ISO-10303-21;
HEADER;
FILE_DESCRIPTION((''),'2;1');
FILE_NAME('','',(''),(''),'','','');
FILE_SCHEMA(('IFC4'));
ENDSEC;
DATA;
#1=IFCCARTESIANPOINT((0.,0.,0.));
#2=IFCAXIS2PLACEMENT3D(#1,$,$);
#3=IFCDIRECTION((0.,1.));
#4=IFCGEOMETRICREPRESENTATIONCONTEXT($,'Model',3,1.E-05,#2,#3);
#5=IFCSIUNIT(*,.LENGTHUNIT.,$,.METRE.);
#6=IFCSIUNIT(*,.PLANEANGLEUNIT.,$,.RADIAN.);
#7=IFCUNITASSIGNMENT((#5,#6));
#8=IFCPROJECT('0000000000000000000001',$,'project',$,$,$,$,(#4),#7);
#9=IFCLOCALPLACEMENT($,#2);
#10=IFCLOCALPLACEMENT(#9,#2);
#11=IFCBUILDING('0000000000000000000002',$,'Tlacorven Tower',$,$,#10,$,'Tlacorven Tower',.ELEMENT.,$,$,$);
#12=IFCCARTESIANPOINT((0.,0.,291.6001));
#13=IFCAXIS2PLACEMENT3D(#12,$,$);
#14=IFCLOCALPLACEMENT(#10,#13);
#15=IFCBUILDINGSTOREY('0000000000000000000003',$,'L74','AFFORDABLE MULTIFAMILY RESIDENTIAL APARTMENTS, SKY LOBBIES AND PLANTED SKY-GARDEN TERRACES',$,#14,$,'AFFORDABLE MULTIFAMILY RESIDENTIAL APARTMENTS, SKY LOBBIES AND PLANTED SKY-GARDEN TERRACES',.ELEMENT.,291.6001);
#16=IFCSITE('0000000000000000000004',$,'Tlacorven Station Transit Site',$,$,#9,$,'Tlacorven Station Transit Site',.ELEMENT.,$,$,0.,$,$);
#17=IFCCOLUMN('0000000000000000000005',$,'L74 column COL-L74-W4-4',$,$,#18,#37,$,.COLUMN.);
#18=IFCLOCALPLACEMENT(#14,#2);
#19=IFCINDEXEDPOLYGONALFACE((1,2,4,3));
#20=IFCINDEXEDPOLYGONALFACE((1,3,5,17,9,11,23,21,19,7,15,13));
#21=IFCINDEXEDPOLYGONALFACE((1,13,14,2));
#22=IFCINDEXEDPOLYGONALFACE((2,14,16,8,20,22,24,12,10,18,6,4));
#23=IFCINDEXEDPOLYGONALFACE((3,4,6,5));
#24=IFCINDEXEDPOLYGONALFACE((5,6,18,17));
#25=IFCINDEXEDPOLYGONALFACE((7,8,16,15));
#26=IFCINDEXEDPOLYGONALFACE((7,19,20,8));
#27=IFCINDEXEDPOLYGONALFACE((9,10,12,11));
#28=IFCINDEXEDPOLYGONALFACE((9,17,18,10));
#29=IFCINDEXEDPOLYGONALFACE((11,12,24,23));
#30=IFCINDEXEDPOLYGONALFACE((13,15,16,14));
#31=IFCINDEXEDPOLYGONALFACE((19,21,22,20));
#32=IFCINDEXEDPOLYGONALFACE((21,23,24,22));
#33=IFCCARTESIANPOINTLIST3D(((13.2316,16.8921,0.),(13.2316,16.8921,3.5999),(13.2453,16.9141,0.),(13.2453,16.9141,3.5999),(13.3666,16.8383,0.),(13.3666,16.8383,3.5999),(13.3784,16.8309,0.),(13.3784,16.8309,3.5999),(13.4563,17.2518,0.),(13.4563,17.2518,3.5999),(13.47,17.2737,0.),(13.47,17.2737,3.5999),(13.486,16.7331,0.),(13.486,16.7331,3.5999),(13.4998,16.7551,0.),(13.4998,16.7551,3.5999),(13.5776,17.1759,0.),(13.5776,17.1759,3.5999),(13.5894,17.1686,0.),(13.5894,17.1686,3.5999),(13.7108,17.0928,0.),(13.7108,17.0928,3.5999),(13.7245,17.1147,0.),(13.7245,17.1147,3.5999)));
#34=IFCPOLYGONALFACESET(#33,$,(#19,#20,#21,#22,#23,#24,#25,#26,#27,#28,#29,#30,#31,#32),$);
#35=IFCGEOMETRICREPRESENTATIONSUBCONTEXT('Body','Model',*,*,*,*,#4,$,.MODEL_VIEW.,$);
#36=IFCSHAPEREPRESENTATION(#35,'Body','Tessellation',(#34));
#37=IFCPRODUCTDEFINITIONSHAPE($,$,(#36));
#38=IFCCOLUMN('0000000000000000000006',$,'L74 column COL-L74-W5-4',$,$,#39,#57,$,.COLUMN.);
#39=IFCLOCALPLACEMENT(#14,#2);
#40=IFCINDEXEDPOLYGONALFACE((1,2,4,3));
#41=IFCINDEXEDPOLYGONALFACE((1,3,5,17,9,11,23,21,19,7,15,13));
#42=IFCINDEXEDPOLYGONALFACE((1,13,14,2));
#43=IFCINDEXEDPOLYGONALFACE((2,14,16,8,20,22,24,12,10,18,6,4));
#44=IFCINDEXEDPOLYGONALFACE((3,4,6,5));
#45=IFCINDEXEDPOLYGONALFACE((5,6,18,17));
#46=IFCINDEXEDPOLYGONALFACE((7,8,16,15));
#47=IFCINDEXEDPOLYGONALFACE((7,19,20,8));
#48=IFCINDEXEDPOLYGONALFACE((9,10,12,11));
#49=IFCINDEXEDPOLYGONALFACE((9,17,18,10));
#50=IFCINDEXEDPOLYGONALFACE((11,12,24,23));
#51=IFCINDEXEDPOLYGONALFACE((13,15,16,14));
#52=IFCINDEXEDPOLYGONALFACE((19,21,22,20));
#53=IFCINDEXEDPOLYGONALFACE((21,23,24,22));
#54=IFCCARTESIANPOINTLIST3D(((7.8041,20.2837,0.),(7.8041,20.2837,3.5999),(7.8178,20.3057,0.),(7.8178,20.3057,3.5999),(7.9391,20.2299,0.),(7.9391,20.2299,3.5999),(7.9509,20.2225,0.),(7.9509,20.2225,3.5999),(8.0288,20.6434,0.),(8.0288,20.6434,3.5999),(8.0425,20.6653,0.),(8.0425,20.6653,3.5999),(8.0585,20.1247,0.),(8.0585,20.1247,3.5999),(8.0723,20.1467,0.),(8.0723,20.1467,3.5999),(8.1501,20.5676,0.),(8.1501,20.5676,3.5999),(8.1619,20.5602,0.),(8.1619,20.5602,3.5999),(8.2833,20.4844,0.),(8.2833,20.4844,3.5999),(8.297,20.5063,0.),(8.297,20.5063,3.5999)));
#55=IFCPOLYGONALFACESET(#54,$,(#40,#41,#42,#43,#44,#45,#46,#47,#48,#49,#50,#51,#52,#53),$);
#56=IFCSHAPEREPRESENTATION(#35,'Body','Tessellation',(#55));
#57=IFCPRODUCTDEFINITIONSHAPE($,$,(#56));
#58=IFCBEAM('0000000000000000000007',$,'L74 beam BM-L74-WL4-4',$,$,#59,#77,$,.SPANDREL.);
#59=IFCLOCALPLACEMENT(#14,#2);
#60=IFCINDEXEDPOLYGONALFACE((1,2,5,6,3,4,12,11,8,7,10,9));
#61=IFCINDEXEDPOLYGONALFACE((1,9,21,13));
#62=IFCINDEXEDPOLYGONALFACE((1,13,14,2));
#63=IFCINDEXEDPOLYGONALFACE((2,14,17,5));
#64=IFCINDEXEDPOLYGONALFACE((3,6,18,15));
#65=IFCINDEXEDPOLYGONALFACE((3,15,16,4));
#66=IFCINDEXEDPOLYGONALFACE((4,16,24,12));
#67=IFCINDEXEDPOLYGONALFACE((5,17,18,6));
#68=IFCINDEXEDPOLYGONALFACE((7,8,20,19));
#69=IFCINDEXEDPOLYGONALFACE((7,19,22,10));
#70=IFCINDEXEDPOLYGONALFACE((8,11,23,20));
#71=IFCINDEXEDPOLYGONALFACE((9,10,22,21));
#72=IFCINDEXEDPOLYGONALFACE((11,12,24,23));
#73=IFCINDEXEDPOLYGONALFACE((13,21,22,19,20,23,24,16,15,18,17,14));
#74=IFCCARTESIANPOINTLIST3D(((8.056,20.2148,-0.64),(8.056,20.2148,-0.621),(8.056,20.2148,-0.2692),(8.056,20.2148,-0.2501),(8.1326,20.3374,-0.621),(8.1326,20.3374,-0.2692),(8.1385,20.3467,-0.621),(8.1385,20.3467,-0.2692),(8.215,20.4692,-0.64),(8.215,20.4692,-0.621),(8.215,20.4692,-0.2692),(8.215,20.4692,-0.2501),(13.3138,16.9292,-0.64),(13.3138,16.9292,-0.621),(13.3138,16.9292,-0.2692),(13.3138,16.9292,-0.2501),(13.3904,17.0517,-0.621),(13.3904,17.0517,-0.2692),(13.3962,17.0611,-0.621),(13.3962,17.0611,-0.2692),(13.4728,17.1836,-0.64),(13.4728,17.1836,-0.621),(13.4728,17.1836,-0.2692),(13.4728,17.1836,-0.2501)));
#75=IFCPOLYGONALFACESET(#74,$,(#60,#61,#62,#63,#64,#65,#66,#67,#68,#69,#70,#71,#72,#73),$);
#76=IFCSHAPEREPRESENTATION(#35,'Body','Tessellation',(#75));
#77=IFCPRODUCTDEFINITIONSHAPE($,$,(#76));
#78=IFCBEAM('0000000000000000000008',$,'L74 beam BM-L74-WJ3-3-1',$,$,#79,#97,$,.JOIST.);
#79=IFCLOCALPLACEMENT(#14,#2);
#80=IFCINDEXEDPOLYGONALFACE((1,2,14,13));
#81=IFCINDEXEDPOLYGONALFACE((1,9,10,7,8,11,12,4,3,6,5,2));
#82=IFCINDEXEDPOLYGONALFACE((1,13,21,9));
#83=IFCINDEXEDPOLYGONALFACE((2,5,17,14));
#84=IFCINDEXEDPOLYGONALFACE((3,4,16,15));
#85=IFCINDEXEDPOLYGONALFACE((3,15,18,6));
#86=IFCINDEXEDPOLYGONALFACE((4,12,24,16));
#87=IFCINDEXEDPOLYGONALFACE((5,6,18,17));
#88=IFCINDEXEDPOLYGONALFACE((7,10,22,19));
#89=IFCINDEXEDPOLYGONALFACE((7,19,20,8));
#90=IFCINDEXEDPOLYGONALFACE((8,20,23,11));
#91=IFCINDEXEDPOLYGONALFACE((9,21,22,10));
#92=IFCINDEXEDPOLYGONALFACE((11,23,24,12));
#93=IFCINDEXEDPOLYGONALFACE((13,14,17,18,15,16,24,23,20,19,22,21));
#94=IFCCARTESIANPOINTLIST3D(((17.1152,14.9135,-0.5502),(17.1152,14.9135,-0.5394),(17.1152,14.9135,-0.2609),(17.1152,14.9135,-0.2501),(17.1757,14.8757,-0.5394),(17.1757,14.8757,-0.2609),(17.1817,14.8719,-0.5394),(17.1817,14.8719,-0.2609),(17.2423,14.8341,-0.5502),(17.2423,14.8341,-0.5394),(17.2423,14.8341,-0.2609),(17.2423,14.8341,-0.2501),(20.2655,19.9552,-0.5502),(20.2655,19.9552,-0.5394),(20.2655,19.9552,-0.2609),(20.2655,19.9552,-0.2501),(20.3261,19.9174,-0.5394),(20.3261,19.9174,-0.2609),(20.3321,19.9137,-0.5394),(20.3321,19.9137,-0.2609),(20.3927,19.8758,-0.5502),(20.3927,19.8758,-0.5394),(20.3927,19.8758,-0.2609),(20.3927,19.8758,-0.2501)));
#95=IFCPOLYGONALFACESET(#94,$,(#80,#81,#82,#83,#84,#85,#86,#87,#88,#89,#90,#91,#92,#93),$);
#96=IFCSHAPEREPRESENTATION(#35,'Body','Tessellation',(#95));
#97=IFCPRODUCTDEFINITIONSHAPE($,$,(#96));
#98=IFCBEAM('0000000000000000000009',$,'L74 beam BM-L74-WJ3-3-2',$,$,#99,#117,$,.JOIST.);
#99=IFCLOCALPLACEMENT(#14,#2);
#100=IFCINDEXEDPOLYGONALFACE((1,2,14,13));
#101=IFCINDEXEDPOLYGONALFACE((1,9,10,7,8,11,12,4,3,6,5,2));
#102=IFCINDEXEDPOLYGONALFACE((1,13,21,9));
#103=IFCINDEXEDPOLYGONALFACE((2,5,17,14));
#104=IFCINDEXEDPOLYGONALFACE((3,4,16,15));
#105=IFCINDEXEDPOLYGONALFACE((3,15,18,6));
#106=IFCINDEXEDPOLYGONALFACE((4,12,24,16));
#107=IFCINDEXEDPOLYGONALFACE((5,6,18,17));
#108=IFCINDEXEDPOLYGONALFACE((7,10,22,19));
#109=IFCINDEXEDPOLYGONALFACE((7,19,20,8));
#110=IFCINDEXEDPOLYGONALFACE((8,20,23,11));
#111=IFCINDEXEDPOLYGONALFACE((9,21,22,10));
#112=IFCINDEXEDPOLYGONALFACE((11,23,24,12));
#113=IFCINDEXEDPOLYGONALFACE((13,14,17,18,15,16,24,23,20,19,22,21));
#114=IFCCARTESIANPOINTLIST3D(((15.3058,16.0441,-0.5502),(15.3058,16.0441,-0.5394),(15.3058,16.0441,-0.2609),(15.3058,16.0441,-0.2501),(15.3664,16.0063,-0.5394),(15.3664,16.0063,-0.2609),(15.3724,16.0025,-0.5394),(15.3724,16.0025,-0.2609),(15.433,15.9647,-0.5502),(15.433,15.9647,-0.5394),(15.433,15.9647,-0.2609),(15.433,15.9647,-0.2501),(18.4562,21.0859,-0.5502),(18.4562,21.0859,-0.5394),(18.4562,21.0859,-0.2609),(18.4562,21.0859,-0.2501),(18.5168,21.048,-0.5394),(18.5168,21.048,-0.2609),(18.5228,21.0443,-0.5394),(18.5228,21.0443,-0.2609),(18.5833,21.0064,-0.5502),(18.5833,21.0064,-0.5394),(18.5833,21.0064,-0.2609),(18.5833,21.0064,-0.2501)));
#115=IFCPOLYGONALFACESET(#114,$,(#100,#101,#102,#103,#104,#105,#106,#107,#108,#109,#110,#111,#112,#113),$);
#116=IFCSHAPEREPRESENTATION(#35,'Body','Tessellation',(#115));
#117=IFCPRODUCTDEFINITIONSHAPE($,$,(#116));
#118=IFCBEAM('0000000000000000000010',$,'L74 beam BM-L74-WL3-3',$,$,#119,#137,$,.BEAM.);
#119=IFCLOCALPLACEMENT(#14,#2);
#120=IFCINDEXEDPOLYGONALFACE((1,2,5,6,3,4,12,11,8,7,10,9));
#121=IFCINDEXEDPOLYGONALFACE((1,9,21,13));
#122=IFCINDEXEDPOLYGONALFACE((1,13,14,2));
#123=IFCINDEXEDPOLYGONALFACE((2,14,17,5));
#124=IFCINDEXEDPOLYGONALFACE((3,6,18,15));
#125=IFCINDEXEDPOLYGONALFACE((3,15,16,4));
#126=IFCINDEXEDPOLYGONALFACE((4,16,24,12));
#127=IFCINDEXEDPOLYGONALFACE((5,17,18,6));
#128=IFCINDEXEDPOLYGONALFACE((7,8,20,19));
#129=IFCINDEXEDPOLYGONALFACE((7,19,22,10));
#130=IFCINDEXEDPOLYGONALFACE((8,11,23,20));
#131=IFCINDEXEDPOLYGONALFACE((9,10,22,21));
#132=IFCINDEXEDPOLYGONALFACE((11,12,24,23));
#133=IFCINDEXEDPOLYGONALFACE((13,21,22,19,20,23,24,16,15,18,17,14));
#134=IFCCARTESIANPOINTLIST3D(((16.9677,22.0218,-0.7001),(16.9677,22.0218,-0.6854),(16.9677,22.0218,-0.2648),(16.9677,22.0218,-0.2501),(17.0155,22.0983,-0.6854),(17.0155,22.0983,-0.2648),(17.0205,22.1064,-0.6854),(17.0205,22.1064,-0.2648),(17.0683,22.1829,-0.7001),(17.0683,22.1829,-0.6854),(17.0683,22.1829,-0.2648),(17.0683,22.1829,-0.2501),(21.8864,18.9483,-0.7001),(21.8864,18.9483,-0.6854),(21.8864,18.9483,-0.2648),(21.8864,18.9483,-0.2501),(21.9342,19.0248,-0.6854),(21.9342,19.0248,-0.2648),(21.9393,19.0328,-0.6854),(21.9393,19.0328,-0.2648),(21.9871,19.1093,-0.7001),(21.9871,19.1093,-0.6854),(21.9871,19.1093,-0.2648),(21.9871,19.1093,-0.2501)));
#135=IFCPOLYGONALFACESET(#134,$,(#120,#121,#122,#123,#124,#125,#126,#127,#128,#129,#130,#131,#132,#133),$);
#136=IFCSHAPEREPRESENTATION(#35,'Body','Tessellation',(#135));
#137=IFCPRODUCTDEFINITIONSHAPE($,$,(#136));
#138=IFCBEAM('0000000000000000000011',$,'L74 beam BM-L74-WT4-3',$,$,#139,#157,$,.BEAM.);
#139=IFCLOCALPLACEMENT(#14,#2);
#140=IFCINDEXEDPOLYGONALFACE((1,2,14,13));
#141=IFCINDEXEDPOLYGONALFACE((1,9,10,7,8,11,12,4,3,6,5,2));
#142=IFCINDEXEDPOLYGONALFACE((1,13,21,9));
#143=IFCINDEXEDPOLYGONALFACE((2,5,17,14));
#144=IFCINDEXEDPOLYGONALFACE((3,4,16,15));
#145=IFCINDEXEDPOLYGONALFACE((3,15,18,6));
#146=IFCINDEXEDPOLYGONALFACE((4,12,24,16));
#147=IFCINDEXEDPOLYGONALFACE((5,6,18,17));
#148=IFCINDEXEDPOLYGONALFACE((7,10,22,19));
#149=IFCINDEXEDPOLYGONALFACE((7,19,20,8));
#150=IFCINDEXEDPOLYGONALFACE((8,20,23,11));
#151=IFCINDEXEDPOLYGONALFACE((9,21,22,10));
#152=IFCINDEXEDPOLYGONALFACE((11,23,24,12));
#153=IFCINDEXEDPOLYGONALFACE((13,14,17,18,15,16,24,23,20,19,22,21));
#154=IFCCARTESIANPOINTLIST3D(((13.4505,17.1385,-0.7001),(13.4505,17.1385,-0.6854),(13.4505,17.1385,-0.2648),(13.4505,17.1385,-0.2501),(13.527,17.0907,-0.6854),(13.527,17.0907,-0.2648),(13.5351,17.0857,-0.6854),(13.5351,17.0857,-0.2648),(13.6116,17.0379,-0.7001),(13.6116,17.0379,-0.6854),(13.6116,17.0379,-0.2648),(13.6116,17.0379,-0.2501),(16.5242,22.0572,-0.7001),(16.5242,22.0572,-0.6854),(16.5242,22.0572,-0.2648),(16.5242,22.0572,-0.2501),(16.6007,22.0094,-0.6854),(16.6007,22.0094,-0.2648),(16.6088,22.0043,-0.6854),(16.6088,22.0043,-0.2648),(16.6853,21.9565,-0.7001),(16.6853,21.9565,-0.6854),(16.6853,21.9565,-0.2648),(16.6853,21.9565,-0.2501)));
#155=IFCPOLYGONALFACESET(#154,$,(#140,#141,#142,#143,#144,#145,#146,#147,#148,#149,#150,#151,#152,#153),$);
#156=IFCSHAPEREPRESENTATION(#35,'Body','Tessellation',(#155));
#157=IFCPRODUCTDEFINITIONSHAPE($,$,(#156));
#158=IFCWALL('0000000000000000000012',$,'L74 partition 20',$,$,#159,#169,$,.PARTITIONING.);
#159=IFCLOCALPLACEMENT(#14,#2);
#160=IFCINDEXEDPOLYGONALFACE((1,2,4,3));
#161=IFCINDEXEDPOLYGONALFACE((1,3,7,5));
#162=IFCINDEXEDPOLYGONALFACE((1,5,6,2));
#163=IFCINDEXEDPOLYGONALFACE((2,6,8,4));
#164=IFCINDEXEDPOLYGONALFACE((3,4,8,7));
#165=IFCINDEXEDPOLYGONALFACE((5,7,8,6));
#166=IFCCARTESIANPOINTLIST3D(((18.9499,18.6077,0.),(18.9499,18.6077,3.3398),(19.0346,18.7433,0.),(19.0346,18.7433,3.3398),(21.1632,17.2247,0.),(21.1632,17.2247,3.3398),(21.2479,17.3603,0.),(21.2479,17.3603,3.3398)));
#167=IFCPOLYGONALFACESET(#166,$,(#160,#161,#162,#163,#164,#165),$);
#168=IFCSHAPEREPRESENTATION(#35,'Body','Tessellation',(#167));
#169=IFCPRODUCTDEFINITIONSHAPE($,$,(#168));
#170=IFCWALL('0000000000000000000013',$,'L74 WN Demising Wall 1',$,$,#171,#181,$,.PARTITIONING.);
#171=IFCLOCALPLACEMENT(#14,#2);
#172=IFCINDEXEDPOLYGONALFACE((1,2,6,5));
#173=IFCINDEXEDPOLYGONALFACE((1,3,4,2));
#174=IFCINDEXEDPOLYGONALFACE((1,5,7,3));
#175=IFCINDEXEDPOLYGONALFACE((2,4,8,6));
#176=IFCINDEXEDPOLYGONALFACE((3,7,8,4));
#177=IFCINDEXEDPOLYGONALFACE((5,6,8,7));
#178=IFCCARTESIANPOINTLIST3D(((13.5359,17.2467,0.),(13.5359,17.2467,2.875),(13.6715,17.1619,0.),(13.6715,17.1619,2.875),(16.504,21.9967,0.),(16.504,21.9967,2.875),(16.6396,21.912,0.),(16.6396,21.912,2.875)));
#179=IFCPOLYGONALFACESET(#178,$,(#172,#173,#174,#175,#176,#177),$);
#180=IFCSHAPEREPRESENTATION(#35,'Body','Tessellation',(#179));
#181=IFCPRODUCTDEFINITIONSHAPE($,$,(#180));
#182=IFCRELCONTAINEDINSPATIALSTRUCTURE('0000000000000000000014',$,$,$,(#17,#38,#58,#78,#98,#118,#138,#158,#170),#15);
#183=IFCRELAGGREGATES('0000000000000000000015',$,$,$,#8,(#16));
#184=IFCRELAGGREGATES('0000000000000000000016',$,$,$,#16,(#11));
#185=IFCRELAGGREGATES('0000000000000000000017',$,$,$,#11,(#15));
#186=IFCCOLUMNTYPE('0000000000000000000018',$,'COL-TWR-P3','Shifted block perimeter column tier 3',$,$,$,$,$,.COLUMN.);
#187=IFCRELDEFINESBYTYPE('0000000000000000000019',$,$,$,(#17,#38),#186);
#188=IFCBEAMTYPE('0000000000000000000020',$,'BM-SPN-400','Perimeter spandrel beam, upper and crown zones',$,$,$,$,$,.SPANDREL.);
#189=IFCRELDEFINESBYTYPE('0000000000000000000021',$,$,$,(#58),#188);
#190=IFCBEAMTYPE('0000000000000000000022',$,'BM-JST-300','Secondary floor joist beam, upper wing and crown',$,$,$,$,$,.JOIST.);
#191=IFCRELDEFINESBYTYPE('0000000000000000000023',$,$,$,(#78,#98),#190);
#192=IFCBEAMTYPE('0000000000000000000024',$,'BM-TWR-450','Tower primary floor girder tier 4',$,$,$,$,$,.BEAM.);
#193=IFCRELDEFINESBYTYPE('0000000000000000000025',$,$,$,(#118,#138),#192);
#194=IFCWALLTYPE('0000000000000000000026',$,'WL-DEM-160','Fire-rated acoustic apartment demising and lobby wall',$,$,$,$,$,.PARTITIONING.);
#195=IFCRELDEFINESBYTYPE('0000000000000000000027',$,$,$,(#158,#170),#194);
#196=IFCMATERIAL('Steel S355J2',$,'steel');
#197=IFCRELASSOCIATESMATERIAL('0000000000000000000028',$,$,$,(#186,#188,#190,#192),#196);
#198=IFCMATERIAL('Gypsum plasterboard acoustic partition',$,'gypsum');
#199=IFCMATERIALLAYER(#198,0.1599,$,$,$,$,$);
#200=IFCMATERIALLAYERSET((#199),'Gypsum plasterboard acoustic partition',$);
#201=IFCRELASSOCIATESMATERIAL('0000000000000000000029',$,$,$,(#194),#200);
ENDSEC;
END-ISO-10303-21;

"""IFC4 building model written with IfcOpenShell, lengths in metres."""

from ifc_helpers import new_model, si_unit, direction, frame, frame_2d, origin, origin_2d, place, context, subcontext, project, spatial, rectangle, i_section, extrude, source, transform, mapped, material, layer, layer_set, material_profile, profile_set, type_object, element, save


model = new_model("IFC4")

# Units and contexts
model_context = context("Model", 3, precision=1e-05, world=origin(), true_north=direction((0.0, 1.0)))
body_context = subcontext(model_context, "Body", "Model", "MODEL_VIEW")
ifc_project = project(units=[si_unit("LENGTHUNIT", "METRE"), si_unit("PLANEANGLEUNIT", "RADIAN")], contexts=[model_context])

# Site, building, storey
site_placement = place(None, origin())
site = spatial("IfcSite", under=ifc_project, at=site_placement, Name="Tlacorven Station Transit Site", LongName="Tlacorven Station Transit Site", CompositionType="ELEMENT", RefElevation=0.0)
building_placement = place(site_placement, origin())
building = spatial("IfcBuilding", under=site, at=building_placement, Name="Tlacorven Tower", LongName="Tlacorven Tower", CompositionType="ELEMENT")
storey_placement = place(building_placement, frame((0.0, 0.0, 291.6001)))
storey = spatial("IfcBuildingStorey", under=building, at=storey_placement, Name="L74", Description="AFFORDABLE MULTIFAMILY RESIDENTIAL APARTMENTS, SKY LOBBIES AND PLANTED SKY-GARDEN TERRACES", LongName="AFFORDABLE MULTIFAMILY RESIDENTIAL APARTMENTS, SKY LOBBIES AND PLANTED SKY-GARDEN TERRACES", CompositionType="ELEMENT", Elevation=291.6001)

# Columns
ifc_material_1 = material(Name="Steel S355J2", Category="steel")
ifc_material_profile_1 = material_profile(ifc_material_1, i_section(OverallWidth=0.3, OverallDepth=0.45, WebThickness=0.0139, FlangeThickness=0.0259, at=origin_2d()), Name="HEB 450")
ifc_profile_set_1 = profile_set([ifc_material_profile_1], Name="Steel S355J2")
column_type = type_object("IfcColumnType", Name="COL-TWR-P3", Description="Shifted block perimeter column tier 3", PredefinedType="COLUMN", material=ifc_profile_set_1)
shared_shape_1 = source(origin(), body_context, "Body", "SweptSolid", [
    extrude(i_section(OverallWidth=0.3, OverallDepth=0.45, WebThickness=0.0139, FlangeThickness=0.0259, at=origin_2d()), origin(), (0.0, 0.0, 1.0), 3.5999),
])
for number, where, z_axis, x_axis, name in (
    (1, (13.478, 17.0034, 0.0), (0.0, 0.0, 1.0), (-0.848048, 0.529919, 0.0), "L74 column COL-L74-W4-4"),
    (2, (8.0505, 20.395, 0.0), (0.0, 0.0, 1.0), (-0.848048, 0.529919, 0.0), "L74 column COL-L74-W5-4"),
):
    element("IfcColumn", number, at=place(storey_placement, frame(where, z_axis=z_axis, x_axis=x_axis)), inside=storey, type_object=column_type, Name=name, PredefinedType="COLUMN", context=body_context, shape_type="MappedRepresentation", body=[
        mapped(shared_shape_1, transform((0.0, 0.0, 0.0), scale=1.0)),
    ])

# Beams
ifc_material_profile_2 = material_profile(ifc_material_1, i_section(OverallWidth=0.3, OverallDepth=0.3899, WebThickness=0.011, FlangeThickness=0.019, at=origin_2d()), Name="HEA 400")
ifc_profile_set_2 = profile_set([ifc_material_profile_2], Name="Steel S355J2")
beam_type_1 = type_object("IfcBeamType", Name="BM-SPN-400", Description="Perimeter spandrel beam, upper and crown zones", PredefinedType="SPANDREL", material=ifc_profile_set_2)
shared_shape_2 = source(origin(), body_context, "Body", "SweptSolid", [
    extrude(i_section(OverallWidth=0.3, OverallDepth=0.3899, WebThickness=0.011, FlangeThickness=0.019, at=origin_2d()), origin(), (0.0, 0.0, 1.0), 6.2),
])
beam_placement = place(storey_placement, frame((13.3933, 17.0564, -0.4451), z_axis=(-0.848034, 0.529942, 0.0), x_axis=(-0.529942, -0.848034, 0.0)))
element("IfcBeam", 3, at=beam_placement, inside=storey, type_object=beam_type_1, Name="L74 beam BM-L74-WL4-4", PredefinedType="SPANDREL", context=body_context, shape_type="MappedRepresentation", body=[
    mapped(shared_shape_2, transform((0.0, 0.0, 0.0), scale=1.0)),
])
ifc_material_profile_3 = material_profile(ifc_material_1, i_section(OverallWidth=0.1499, OverallDepth=0.3, WebThickness=0.0071, FlangeThickness=0.0107, at=origin_2d()), Name="IPE 300")
ifc_profile_set_3 = profile_set([ifc_material_profile_3], Name="Steel S355J2")
beam_type_2 = type_object("IfcBeamType", Name="BM-JST-300", Description="Secondary floor joist beam, upper wing and crown", PredefinedType="JOIST", material=ifc_profile_set_3)
shared_shape_3 = source(origin(), body_context, "Body", "SweptSolid", [
    extrude(i_section(OverallWidth=0.1499, OverallDepth=0.3, WebThickness=0.0071, FlangeThickness=0.0107, at=origin_2d()), origin(), (0.0, 0.0, 1.0), 5.9451),
])
for number, where, z_axis, x_axis, name in (
    (4, (20.3291, 19.9155, -0.4001), (-0.529914, -0.848051, 0.0), (0.848051, -0.529914, 0.0), "L74 beam BM-L74-WJ3-3-1"),
    (5, (18.5198, 21.0461, -0.4001), (-0.529914, -0.848051, 0.0), (0.848051, -0.529914, 0.0), "L74 beam BM-L74-WJ3-3-2"),
):
    element("IfcBeam", number, at=place(storey_placement, frame(where, z_axis=z_axis, x_axis=x_axis)), inside=storey, type_object=beam_type_2, Name=name, PredefinedType="JOIST", context=body_context, shape_type="MappedRepresentation", body=[
        mapped(shared_shape_3, transform((0.0, 0.0, 0.0), scale=1.0)),
    ])
ifc_material_profile_4 = material_profile(ifc_material_1, i_section(OverallWidth=0.1899, OverallDepth=0.45, WebThickness=0.0095, FlangeThickness=0.0146, at=origin_2d()), Name="IPE 450")
ifc_profile_set_4 = profile_set([ifc_material_profile_4], Name="Steel S355J2")
beam_type_3 = type_object("IfcBeamType", Name="BM-TWR-450", Description="Tower primary floor girder tier 4", PredefinedType="BEAM", material=ifc_profile_set_4)
shared_shape_4 = source(origin(), body_context, "Body", "SweptSolid", [
    extrude(i_section(OverallWidth=0.1899, OverallDepth=0.45, WebThickness=0.0095, FlangeThickness=0.0146, at=origin_2d()), origin(), (0.0, 0.0, 1.0), 5.8),
])
for number, where, z_axis, x_axis, name in (
    (6, (21.9368, 19.0288, -0.4751), (-0.848053, 0.529912, 0.0), (-0.529912, -0.848053, 0.0), "L74 beam BM-L74-WL3-3"),
    (7, (16.6047, 22.0068, -0.4751), (-0.529942, -0.848034, 0.0), (0.848034, -0.529942, 0.0), "L74 beam BM-L74-WT4-3"),
):
    element("IfcBeam", number, at=place(storey_placement, frame(where, z_axis=z_axis, x_axis=x_axis)), inside=storey, type_object=beam_type_3, Name=name, PredefinedType="BEAM", context=body_context, shape_type="MappedRepresentation", body=[
        mapped(shared_shape_4, transform((0.0, 0.0, 0.0), scale=1.0)),
    ])

# Walls
ifc_material_2 = material(Name="Gypsum plasterboard acoustic partition", Category="gypsum")
ifc_layer_1 = layer(ifc_material_2, 0.1599)
ifc_layer_set_1 = layer_set([ifc_layer_1], Name="Gypsum plasterboard acoustic partition")
wall_type_1 = type_object("IfcWallType", Name="WL-DEM-160", Description="Fire-rated acoustic apartment demising and lobby wall", PredefinedType="PARTITIONING", material=ifc_layer_set_1)
wall_1_placement = place(storey_placement, frame((21.2056, 17.2925, 0.0), z_axis=(0.0, 0.0, 1.0), x_axis=(-0.848051, 0.529915, 0.0)))
element("IfcWall", 8, at=wall_1_placement, inside=storey, type_object=wall_type_1, Name="L74 partition 20", PredefinedType="PARTITIONING", context=body_context, shape_type="SweptSolid", body=[
    extrude(rectangle(XDim=2.6099, YDim=0.1599, at=frame_2d((1.3049, 0.0))), origin(), (0.0, 0.0, 1.0), 3.3398),
])
wall_2_placement = place(storey_placement, frame((16.5718, 21.9543, 0.0), z_axis=(0.0, 0.0, 1.0), x_axis=(-0.529905, -0.848057, 0.0)))
element("IfcWall", 9, at=wall_2_placement, inside=storey, type_object=wall_type_1, Name="L74 WN Demising Wall 1", PredefinedType="PARTITIONING", context=body_context, shape_type="SweptSolid", body=[
    extrude(rectangle(XDim=5.6011, YDim=0.1599, at=frame_2d((2.8005, 0.0))), origin(), (0.0, 0.0, 1.0), 2.875),
])

save(model, "model.ifc")
